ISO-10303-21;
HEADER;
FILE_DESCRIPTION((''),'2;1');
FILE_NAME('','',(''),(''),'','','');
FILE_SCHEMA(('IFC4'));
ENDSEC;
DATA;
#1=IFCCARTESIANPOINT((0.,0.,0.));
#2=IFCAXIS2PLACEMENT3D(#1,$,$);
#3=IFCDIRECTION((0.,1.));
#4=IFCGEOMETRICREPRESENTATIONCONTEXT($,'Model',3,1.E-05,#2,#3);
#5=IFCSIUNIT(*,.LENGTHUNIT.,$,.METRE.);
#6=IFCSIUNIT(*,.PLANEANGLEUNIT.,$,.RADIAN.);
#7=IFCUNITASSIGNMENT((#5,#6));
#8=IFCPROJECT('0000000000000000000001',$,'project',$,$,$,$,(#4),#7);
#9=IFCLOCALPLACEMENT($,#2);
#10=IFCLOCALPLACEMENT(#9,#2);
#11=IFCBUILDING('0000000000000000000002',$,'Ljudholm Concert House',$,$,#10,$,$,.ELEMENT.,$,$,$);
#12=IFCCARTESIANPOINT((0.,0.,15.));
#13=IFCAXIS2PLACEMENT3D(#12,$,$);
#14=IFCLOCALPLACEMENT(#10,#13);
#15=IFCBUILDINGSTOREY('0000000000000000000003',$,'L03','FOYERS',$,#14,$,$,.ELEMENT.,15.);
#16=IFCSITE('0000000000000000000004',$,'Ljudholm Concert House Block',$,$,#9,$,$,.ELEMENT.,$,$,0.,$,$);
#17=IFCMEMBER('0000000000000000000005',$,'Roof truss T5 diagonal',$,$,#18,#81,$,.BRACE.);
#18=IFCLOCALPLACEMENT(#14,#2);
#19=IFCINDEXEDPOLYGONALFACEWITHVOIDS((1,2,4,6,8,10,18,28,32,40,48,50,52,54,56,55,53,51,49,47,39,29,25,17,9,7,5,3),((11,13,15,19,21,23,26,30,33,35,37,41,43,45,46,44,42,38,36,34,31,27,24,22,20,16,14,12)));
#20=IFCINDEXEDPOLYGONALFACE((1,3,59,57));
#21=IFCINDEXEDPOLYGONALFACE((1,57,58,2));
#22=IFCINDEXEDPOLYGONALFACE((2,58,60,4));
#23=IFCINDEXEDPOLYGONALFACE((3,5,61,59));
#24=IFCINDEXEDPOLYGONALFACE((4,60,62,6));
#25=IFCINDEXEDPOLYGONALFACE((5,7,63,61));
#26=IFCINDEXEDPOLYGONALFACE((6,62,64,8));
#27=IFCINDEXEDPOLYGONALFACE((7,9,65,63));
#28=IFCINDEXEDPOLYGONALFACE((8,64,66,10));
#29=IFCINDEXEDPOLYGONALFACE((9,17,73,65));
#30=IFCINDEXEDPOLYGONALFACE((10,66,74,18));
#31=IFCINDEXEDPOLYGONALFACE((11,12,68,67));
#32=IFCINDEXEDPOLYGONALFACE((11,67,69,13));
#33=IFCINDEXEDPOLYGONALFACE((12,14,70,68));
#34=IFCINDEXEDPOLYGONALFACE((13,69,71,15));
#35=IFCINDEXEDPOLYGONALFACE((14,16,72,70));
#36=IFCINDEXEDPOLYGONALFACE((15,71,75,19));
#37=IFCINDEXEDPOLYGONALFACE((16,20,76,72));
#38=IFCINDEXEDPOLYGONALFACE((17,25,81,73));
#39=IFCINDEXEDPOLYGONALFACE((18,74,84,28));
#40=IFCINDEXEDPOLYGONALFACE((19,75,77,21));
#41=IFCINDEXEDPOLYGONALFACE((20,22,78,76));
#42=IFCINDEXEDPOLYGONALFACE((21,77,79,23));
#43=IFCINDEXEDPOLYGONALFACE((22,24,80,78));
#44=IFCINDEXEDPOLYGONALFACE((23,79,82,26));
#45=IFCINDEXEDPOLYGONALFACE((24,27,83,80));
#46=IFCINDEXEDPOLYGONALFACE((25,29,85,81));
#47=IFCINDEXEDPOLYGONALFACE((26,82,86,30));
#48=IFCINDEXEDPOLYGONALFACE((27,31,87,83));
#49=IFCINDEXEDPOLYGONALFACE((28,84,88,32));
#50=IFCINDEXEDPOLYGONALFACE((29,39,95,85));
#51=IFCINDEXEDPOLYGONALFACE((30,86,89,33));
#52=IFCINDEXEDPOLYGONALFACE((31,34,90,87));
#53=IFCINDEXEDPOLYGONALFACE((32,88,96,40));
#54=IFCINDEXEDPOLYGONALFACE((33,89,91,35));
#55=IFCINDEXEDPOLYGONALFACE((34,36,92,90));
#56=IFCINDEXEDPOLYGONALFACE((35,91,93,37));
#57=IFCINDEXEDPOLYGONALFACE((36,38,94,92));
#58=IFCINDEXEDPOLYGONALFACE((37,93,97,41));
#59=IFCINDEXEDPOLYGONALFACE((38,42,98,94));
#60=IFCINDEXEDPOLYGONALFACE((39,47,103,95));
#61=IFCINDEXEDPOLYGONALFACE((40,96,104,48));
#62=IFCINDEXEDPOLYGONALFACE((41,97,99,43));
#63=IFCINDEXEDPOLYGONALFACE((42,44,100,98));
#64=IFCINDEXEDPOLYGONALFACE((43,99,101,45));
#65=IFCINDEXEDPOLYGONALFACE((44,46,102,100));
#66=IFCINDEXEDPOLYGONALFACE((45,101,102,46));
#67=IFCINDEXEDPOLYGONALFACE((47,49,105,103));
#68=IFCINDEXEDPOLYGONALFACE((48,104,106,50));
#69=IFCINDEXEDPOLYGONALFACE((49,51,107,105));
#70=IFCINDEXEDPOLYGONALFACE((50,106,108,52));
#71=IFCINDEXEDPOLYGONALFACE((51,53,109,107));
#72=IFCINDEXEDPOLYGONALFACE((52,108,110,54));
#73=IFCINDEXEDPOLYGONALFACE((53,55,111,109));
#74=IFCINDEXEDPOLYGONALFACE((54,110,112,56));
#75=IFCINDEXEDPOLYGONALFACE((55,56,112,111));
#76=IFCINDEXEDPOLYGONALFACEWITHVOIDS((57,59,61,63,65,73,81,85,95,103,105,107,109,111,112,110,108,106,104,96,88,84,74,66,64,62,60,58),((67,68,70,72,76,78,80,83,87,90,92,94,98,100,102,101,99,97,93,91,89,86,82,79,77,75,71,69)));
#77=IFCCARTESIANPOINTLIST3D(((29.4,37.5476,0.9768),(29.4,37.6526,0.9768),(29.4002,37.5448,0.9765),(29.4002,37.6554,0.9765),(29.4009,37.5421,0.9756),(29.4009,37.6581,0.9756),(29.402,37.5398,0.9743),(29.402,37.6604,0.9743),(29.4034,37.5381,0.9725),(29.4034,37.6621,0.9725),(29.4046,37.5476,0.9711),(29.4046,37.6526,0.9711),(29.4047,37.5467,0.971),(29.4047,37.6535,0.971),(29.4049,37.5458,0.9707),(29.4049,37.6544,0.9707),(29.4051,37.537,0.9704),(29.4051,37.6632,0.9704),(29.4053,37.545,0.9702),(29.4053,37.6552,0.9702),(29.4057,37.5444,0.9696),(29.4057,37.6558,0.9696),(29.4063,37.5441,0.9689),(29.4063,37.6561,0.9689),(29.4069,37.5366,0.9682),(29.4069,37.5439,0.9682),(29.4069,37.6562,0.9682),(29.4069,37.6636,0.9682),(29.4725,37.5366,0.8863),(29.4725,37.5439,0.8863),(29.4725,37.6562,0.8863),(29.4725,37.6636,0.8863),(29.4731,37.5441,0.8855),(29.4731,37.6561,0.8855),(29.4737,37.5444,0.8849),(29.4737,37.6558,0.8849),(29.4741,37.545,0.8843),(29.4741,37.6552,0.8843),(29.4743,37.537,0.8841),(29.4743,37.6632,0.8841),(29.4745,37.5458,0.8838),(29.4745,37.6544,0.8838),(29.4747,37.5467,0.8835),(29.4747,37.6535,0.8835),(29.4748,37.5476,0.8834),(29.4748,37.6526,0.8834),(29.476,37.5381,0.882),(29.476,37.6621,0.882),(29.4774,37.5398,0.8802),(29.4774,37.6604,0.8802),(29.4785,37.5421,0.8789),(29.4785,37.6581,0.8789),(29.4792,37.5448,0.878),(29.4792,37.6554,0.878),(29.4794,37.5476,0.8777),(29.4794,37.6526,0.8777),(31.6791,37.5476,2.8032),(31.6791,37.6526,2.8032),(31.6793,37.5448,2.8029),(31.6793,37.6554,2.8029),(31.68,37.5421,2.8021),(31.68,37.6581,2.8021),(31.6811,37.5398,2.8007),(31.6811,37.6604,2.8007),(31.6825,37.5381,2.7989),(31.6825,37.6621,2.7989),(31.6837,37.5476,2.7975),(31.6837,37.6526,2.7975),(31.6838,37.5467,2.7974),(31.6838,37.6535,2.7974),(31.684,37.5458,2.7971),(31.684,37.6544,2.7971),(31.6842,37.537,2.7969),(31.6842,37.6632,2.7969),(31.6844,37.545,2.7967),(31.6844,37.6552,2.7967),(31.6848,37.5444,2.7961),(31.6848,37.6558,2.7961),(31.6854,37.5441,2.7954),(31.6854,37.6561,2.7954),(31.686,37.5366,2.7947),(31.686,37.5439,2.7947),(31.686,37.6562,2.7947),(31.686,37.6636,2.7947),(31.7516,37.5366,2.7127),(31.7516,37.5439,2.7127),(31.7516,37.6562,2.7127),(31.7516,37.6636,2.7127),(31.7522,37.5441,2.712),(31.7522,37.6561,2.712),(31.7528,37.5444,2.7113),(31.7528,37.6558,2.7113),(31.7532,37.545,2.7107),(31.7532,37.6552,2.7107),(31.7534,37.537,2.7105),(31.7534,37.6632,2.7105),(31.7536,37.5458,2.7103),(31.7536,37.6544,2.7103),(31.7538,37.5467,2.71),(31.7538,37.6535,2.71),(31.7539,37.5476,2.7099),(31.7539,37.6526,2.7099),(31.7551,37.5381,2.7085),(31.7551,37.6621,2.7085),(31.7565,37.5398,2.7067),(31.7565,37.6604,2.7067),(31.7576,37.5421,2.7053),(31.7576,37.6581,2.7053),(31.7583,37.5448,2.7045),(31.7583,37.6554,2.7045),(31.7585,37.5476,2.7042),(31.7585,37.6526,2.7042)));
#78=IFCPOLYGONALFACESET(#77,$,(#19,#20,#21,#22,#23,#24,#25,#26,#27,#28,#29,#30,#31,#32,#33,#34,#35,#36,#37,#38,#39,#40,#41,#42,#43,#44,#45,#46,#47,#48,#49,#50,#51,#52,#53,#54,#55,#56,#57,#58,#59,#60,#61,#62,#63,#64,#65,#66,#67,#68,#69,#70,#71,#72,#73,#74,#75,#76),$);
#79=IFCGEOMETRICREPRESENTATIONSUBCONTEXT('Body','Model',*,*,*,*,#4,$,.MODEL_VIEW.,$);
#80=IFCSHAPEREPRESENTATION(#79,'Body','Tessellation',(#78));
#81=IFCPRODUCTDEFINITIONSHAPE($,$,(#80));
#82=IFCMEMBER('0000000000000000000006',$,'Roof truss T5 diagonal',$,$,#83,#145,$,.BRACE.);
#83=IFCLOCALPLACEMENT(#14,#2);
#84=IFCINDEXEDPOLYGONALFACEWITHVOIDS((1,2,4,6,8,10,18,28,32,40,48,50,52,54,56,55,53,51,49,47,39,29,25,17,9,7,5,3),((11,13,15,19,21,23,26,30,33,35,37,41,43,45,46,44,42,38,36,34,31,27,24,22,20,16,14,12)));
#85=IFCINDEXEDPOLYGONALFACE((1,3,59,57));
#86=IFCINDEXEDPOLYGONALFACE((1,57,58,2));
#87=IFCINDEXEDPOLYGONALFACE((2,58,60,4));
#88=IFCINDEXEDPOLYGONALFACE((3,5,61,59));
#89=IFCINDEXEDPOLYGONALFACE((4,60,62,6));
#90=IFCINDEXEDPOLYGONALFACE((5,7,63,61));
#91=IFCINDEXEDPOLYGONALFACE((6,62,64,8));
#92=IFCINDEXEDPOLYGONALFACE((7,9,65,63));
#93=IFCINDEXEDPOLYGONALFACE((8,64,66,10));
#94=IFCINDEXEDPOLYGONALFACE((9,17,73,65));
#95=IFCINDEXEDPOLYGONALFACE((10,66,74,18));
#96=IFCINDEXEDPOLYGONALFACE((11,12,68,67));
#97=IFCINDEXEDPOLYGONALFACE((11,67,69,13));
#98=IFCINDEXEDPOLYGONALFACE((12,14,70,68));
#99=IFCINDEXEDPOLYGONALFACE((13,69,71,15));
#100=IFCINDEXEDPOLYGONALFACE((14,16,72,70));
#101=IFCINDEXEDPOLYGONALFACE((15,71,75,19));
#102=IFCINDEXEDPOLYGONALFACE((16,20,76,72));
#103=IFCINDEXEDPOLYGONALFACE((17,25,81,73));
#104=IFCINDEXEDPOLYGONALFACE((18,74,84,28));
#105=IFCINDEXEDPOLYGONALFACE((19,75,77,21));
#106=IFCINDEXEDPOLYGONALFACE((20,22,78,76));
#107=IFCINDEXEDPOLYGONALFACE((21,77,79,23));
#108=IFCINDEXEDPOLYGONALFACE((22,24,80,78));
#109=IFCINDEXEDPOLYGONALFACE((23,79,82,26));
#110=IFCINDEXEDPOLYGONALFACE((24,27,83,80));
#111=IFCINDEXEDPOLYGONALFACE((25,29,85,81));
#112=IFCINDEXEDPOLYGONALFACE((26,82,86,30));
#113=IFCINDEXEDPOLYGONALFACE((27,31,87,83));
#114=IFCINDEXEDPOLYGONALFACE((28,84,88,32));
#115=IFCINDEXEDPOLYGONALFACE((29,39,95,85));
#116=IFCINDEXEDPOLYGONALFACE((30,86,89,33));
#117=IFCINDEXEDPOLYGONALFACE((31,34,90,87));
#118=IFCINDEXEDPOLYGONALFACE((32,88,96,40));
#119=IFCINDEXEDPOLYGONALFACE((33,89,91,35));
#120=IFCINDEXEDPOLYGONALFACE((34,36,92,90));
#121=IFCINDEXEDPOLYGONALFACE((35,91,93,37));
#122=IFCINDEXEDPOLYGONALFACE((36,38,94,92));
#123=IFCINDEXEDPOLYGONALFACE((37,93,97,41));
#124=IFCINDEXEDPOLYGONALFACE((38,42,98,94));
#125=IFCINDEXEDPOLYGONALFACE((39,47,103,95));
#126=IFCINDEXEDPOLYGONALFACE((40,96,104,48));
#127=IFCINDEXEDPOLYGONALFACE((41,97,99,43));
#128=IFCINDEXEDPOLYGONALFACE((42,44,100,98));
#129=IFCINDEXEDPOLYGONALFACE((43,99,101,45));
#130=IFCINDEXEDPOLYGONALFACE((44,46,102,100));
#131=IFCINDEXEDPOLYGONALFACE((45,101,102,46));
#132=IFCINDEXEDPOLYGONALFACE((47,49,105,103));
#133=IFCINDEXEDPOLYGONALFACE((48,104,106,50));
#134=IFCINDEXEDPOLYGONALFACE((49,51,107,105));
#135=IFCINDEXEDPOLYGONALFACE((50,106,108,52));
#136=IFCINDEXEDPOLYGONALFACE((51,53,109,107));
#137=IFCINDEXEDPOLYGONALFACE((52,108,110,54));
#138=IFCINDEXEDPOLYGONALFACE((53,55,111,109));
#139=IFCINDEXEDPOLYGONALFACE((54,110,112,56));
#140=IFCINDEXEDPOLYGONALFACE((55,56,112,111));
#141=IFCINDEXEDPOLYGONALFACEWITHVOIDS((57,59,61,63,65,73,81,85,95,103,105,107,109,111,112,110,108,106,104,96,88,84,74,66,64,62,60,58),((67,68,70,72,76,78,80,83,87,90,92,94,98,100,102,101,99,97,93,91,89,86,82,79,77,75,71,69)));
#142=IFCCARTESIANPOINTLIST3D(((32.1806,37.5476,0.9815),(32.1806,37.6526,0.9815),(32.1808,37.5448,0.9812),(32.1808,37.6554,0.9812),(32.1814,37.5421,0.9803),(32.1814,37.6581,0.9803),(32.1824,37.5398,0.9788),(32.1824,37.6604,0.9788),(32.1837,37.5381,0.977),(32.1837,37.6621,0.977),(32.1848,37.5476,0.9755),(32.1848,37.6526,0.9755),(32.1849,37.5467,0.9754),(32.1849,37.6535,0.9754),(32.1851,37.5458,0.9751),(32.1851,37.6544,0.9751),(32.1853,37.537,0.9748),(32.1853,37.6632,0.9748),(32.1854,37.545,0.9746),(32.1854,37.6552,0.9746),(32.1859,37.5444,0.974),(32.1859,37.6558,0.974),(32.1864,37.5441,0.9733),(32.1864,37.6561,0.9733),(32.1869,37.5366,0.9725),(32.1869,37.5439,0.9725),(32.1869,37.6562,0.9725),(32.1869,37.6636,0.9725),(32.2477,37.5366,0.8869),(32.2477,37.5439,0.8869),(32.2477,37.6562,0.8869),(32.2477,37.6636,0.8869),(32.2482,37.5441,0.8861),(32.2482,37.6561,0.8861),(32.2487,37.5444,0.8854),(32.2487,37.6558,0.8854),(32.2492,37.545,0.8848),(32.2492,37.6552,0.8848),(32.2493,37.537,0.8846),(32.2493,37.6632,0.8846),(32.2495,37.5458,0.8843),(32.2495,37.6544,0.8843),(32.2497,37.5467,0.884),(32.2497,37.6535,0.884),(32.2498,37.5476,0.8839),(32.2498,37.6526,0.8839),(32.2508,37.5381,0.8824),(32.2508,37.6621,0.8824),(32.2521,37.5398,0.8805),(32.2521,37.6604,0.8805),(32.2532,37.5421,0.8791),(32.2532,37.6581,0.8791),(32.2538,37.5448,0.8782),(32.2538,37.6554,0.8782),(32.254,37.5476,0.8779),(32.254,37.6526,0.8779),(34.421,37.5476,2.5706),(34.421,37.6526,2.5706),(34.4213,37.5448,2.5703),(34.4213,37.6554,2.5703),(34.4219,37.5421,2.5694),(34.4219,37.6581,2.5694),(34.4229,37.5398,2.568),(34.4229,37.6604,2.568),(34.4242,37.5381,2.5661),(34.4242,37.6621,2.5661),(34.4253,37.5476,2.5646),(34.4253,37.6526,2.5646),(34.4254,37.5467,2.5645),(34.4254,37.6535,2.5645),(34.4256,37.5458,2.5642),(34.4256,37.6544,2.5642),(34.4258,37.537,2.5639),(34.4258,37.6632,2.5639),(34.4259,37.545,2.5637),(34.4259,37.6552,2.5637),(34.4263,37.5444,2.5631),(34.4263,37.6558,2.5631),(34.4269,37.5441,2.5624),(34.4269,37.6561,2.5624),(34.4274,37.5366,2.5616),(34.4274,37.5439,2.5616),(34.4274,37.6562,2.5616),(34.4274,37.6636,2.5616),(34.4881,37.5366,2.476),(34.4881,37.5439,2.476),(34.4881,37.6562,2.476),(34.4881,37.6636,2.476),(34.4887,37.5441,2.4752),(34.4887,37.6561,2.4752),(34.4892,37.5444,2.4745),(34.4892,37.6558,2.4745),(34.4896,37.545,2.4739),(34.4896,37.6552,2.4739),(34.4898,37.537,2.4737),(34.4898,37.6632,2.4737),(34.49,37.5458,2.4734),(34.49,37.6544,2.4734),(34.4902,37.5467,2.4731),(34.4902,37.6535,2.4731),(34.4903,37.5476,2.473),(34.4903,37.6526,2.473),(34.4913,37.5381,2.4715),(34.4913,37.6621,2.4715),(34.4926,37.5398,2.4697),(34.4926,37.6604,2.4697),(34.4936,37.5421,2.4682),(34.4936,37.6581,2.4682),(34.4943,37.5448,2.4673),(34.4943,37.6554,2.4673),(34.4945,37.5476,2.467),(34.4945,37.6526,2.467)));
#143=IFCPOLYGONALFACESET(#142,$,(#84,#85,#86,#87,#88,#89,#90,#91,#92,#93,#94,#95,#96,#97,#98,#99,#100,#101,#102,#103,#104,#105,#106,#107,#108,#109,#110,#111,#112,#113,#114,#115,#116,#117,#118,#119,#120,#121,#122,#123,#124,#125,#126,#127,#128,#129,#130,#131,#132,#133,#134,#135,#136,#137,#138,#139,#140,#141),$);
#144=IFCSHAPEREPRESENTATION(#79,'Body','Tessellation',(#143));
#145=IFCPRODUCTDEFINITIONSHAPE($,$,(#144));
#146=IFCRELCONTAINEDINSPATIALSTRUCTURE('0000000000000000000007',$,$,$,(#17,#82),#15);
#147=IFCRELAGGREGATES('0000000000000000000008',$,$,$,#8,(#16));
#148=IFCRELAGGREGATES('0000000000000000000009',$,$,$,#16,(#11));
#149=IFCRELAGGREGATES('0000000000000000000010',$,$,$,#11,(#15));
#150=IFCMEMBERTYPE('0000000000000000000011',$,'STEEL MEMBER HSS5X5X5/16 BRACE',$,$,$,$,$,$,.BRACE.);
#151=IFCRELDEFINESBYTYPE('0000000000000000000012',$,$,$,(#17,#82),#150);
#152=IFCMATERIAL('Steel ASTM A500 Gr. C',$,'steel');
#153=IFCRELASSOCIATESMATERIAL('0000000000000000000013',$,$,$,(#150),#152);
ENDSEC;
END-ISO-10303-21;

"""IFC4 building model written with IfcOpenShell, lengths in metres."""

from ifc_helpers import new_model, si_unit, direction, frame, origin, origin_2d, place, context, subcontext, project, spatial, hollow_rectangle, extrude, material, material_profile, profile_set, type_object, element, save


model = new_model("IFC4")

# Units and contexts
model_context = context("Model", 3, precision=1e-05, world=origin(), true_north=direction((0.0, 1.0)))
body_context = subcontext(model_context, "Body", "Model", "MODEL_VIEW")
ifc_project = project(units=[si_unit("LENGTHUNIT", "METRE"), si_unit("PLANEANGLEUNIT", "RADIAN")], contexts=[model_context])

# Site, building, storey
site_placement = place(None, origin())
site = spatial("IfcSite", under=ifc_project, at=site_placement, Name="Ljudholm Concert House Block", CompositionType="ELEMENT", RefElevation=0.0)
building_placement = place(site_placement, origin())
building = spatial("IfcBuilding", under=site, at=building_placement, Name="Ljudholm Concert House", CompositionType="ELEMENT")
storey_placement = place(building_placement, frame((0.0, 0.0, 15.0)))
storey = spatial("IfcBuildingStorey", under=building, at=storey_placement, Name="L03", Description="FOYERS", CompositionType="ELEMENT", Elevation=15.0)

# Members
ifc_material_1 = material(Name="Steel ASTM A500 Gr. C", Category="steel")
ifc_material_profile_1 = material_profile(ifc_material_1, hollow_rectangle(XDim=0.127, YDim=0.127, WallThickness=0.0073, InnerFilletRadius=0.0037, OuterFilletRadius=0.011, at=origin_2d()), Name="HSS5X5X5/16")
ifc_profile_set_1 = profile_set([ifc_material_profile_1], Name="Steel ASTM A500 Gr. C")
member_type_1 = type_object("IfcMemberType", Name="STEEL MEMBER HSS5X5X5/16 BRACE", PredefinedType="BRACE", material=ifc_profile_set_1)
member_1_placement = place(storey_placement, frame((29.4397, 37.6001, 0.9272), z_axis=(0.780338, 0.0, 0.625357), x_axis=(0.0, 1.0, 0.0)))
element("IfcMember", 1, at=member_1_placement, inside=storey, type_object=member_type_1, Name="Roof truss T5 diagonal", PredefinedType="BRACE", context=body_context, shape_type="SweptSolid", body=[
    extrude(hollow_rectangle(XDim=0.127, YDim=0.127, WallThickness=0.0073, InnerFilletRadius=0.0037, OuterFilletRadius=0.011, at=origin_2d()), origin(), (0.0, 0.0, 1.0), 2.9207),
])
member_2_placement = place(storey_placement, frame((32.2173, 37.6001, 0.9297), z_axis=(0.815663, 0.0, 0.578528), x_axis=(0.0, 1.0, 0.0)))
element("IfcMember", 2, at=member_2_placement, inside=storey, type_object=member_type_1, Name="Roof truss T5 diagonal", PredefinedType="BRACE", context=body_context, shape_type="SweptSolid", body=[
    extrude(hollow_rectangle(XDim=0.127, YDim=0.127, WallThickness=0.0073, InnerFilletRadius=0.0037, OuterFilletRadius=0.011, at=origin_2d()), origin(), (0.0, 0.0, 1.0), 2.7468),
])

save(model, "model.ifc")
